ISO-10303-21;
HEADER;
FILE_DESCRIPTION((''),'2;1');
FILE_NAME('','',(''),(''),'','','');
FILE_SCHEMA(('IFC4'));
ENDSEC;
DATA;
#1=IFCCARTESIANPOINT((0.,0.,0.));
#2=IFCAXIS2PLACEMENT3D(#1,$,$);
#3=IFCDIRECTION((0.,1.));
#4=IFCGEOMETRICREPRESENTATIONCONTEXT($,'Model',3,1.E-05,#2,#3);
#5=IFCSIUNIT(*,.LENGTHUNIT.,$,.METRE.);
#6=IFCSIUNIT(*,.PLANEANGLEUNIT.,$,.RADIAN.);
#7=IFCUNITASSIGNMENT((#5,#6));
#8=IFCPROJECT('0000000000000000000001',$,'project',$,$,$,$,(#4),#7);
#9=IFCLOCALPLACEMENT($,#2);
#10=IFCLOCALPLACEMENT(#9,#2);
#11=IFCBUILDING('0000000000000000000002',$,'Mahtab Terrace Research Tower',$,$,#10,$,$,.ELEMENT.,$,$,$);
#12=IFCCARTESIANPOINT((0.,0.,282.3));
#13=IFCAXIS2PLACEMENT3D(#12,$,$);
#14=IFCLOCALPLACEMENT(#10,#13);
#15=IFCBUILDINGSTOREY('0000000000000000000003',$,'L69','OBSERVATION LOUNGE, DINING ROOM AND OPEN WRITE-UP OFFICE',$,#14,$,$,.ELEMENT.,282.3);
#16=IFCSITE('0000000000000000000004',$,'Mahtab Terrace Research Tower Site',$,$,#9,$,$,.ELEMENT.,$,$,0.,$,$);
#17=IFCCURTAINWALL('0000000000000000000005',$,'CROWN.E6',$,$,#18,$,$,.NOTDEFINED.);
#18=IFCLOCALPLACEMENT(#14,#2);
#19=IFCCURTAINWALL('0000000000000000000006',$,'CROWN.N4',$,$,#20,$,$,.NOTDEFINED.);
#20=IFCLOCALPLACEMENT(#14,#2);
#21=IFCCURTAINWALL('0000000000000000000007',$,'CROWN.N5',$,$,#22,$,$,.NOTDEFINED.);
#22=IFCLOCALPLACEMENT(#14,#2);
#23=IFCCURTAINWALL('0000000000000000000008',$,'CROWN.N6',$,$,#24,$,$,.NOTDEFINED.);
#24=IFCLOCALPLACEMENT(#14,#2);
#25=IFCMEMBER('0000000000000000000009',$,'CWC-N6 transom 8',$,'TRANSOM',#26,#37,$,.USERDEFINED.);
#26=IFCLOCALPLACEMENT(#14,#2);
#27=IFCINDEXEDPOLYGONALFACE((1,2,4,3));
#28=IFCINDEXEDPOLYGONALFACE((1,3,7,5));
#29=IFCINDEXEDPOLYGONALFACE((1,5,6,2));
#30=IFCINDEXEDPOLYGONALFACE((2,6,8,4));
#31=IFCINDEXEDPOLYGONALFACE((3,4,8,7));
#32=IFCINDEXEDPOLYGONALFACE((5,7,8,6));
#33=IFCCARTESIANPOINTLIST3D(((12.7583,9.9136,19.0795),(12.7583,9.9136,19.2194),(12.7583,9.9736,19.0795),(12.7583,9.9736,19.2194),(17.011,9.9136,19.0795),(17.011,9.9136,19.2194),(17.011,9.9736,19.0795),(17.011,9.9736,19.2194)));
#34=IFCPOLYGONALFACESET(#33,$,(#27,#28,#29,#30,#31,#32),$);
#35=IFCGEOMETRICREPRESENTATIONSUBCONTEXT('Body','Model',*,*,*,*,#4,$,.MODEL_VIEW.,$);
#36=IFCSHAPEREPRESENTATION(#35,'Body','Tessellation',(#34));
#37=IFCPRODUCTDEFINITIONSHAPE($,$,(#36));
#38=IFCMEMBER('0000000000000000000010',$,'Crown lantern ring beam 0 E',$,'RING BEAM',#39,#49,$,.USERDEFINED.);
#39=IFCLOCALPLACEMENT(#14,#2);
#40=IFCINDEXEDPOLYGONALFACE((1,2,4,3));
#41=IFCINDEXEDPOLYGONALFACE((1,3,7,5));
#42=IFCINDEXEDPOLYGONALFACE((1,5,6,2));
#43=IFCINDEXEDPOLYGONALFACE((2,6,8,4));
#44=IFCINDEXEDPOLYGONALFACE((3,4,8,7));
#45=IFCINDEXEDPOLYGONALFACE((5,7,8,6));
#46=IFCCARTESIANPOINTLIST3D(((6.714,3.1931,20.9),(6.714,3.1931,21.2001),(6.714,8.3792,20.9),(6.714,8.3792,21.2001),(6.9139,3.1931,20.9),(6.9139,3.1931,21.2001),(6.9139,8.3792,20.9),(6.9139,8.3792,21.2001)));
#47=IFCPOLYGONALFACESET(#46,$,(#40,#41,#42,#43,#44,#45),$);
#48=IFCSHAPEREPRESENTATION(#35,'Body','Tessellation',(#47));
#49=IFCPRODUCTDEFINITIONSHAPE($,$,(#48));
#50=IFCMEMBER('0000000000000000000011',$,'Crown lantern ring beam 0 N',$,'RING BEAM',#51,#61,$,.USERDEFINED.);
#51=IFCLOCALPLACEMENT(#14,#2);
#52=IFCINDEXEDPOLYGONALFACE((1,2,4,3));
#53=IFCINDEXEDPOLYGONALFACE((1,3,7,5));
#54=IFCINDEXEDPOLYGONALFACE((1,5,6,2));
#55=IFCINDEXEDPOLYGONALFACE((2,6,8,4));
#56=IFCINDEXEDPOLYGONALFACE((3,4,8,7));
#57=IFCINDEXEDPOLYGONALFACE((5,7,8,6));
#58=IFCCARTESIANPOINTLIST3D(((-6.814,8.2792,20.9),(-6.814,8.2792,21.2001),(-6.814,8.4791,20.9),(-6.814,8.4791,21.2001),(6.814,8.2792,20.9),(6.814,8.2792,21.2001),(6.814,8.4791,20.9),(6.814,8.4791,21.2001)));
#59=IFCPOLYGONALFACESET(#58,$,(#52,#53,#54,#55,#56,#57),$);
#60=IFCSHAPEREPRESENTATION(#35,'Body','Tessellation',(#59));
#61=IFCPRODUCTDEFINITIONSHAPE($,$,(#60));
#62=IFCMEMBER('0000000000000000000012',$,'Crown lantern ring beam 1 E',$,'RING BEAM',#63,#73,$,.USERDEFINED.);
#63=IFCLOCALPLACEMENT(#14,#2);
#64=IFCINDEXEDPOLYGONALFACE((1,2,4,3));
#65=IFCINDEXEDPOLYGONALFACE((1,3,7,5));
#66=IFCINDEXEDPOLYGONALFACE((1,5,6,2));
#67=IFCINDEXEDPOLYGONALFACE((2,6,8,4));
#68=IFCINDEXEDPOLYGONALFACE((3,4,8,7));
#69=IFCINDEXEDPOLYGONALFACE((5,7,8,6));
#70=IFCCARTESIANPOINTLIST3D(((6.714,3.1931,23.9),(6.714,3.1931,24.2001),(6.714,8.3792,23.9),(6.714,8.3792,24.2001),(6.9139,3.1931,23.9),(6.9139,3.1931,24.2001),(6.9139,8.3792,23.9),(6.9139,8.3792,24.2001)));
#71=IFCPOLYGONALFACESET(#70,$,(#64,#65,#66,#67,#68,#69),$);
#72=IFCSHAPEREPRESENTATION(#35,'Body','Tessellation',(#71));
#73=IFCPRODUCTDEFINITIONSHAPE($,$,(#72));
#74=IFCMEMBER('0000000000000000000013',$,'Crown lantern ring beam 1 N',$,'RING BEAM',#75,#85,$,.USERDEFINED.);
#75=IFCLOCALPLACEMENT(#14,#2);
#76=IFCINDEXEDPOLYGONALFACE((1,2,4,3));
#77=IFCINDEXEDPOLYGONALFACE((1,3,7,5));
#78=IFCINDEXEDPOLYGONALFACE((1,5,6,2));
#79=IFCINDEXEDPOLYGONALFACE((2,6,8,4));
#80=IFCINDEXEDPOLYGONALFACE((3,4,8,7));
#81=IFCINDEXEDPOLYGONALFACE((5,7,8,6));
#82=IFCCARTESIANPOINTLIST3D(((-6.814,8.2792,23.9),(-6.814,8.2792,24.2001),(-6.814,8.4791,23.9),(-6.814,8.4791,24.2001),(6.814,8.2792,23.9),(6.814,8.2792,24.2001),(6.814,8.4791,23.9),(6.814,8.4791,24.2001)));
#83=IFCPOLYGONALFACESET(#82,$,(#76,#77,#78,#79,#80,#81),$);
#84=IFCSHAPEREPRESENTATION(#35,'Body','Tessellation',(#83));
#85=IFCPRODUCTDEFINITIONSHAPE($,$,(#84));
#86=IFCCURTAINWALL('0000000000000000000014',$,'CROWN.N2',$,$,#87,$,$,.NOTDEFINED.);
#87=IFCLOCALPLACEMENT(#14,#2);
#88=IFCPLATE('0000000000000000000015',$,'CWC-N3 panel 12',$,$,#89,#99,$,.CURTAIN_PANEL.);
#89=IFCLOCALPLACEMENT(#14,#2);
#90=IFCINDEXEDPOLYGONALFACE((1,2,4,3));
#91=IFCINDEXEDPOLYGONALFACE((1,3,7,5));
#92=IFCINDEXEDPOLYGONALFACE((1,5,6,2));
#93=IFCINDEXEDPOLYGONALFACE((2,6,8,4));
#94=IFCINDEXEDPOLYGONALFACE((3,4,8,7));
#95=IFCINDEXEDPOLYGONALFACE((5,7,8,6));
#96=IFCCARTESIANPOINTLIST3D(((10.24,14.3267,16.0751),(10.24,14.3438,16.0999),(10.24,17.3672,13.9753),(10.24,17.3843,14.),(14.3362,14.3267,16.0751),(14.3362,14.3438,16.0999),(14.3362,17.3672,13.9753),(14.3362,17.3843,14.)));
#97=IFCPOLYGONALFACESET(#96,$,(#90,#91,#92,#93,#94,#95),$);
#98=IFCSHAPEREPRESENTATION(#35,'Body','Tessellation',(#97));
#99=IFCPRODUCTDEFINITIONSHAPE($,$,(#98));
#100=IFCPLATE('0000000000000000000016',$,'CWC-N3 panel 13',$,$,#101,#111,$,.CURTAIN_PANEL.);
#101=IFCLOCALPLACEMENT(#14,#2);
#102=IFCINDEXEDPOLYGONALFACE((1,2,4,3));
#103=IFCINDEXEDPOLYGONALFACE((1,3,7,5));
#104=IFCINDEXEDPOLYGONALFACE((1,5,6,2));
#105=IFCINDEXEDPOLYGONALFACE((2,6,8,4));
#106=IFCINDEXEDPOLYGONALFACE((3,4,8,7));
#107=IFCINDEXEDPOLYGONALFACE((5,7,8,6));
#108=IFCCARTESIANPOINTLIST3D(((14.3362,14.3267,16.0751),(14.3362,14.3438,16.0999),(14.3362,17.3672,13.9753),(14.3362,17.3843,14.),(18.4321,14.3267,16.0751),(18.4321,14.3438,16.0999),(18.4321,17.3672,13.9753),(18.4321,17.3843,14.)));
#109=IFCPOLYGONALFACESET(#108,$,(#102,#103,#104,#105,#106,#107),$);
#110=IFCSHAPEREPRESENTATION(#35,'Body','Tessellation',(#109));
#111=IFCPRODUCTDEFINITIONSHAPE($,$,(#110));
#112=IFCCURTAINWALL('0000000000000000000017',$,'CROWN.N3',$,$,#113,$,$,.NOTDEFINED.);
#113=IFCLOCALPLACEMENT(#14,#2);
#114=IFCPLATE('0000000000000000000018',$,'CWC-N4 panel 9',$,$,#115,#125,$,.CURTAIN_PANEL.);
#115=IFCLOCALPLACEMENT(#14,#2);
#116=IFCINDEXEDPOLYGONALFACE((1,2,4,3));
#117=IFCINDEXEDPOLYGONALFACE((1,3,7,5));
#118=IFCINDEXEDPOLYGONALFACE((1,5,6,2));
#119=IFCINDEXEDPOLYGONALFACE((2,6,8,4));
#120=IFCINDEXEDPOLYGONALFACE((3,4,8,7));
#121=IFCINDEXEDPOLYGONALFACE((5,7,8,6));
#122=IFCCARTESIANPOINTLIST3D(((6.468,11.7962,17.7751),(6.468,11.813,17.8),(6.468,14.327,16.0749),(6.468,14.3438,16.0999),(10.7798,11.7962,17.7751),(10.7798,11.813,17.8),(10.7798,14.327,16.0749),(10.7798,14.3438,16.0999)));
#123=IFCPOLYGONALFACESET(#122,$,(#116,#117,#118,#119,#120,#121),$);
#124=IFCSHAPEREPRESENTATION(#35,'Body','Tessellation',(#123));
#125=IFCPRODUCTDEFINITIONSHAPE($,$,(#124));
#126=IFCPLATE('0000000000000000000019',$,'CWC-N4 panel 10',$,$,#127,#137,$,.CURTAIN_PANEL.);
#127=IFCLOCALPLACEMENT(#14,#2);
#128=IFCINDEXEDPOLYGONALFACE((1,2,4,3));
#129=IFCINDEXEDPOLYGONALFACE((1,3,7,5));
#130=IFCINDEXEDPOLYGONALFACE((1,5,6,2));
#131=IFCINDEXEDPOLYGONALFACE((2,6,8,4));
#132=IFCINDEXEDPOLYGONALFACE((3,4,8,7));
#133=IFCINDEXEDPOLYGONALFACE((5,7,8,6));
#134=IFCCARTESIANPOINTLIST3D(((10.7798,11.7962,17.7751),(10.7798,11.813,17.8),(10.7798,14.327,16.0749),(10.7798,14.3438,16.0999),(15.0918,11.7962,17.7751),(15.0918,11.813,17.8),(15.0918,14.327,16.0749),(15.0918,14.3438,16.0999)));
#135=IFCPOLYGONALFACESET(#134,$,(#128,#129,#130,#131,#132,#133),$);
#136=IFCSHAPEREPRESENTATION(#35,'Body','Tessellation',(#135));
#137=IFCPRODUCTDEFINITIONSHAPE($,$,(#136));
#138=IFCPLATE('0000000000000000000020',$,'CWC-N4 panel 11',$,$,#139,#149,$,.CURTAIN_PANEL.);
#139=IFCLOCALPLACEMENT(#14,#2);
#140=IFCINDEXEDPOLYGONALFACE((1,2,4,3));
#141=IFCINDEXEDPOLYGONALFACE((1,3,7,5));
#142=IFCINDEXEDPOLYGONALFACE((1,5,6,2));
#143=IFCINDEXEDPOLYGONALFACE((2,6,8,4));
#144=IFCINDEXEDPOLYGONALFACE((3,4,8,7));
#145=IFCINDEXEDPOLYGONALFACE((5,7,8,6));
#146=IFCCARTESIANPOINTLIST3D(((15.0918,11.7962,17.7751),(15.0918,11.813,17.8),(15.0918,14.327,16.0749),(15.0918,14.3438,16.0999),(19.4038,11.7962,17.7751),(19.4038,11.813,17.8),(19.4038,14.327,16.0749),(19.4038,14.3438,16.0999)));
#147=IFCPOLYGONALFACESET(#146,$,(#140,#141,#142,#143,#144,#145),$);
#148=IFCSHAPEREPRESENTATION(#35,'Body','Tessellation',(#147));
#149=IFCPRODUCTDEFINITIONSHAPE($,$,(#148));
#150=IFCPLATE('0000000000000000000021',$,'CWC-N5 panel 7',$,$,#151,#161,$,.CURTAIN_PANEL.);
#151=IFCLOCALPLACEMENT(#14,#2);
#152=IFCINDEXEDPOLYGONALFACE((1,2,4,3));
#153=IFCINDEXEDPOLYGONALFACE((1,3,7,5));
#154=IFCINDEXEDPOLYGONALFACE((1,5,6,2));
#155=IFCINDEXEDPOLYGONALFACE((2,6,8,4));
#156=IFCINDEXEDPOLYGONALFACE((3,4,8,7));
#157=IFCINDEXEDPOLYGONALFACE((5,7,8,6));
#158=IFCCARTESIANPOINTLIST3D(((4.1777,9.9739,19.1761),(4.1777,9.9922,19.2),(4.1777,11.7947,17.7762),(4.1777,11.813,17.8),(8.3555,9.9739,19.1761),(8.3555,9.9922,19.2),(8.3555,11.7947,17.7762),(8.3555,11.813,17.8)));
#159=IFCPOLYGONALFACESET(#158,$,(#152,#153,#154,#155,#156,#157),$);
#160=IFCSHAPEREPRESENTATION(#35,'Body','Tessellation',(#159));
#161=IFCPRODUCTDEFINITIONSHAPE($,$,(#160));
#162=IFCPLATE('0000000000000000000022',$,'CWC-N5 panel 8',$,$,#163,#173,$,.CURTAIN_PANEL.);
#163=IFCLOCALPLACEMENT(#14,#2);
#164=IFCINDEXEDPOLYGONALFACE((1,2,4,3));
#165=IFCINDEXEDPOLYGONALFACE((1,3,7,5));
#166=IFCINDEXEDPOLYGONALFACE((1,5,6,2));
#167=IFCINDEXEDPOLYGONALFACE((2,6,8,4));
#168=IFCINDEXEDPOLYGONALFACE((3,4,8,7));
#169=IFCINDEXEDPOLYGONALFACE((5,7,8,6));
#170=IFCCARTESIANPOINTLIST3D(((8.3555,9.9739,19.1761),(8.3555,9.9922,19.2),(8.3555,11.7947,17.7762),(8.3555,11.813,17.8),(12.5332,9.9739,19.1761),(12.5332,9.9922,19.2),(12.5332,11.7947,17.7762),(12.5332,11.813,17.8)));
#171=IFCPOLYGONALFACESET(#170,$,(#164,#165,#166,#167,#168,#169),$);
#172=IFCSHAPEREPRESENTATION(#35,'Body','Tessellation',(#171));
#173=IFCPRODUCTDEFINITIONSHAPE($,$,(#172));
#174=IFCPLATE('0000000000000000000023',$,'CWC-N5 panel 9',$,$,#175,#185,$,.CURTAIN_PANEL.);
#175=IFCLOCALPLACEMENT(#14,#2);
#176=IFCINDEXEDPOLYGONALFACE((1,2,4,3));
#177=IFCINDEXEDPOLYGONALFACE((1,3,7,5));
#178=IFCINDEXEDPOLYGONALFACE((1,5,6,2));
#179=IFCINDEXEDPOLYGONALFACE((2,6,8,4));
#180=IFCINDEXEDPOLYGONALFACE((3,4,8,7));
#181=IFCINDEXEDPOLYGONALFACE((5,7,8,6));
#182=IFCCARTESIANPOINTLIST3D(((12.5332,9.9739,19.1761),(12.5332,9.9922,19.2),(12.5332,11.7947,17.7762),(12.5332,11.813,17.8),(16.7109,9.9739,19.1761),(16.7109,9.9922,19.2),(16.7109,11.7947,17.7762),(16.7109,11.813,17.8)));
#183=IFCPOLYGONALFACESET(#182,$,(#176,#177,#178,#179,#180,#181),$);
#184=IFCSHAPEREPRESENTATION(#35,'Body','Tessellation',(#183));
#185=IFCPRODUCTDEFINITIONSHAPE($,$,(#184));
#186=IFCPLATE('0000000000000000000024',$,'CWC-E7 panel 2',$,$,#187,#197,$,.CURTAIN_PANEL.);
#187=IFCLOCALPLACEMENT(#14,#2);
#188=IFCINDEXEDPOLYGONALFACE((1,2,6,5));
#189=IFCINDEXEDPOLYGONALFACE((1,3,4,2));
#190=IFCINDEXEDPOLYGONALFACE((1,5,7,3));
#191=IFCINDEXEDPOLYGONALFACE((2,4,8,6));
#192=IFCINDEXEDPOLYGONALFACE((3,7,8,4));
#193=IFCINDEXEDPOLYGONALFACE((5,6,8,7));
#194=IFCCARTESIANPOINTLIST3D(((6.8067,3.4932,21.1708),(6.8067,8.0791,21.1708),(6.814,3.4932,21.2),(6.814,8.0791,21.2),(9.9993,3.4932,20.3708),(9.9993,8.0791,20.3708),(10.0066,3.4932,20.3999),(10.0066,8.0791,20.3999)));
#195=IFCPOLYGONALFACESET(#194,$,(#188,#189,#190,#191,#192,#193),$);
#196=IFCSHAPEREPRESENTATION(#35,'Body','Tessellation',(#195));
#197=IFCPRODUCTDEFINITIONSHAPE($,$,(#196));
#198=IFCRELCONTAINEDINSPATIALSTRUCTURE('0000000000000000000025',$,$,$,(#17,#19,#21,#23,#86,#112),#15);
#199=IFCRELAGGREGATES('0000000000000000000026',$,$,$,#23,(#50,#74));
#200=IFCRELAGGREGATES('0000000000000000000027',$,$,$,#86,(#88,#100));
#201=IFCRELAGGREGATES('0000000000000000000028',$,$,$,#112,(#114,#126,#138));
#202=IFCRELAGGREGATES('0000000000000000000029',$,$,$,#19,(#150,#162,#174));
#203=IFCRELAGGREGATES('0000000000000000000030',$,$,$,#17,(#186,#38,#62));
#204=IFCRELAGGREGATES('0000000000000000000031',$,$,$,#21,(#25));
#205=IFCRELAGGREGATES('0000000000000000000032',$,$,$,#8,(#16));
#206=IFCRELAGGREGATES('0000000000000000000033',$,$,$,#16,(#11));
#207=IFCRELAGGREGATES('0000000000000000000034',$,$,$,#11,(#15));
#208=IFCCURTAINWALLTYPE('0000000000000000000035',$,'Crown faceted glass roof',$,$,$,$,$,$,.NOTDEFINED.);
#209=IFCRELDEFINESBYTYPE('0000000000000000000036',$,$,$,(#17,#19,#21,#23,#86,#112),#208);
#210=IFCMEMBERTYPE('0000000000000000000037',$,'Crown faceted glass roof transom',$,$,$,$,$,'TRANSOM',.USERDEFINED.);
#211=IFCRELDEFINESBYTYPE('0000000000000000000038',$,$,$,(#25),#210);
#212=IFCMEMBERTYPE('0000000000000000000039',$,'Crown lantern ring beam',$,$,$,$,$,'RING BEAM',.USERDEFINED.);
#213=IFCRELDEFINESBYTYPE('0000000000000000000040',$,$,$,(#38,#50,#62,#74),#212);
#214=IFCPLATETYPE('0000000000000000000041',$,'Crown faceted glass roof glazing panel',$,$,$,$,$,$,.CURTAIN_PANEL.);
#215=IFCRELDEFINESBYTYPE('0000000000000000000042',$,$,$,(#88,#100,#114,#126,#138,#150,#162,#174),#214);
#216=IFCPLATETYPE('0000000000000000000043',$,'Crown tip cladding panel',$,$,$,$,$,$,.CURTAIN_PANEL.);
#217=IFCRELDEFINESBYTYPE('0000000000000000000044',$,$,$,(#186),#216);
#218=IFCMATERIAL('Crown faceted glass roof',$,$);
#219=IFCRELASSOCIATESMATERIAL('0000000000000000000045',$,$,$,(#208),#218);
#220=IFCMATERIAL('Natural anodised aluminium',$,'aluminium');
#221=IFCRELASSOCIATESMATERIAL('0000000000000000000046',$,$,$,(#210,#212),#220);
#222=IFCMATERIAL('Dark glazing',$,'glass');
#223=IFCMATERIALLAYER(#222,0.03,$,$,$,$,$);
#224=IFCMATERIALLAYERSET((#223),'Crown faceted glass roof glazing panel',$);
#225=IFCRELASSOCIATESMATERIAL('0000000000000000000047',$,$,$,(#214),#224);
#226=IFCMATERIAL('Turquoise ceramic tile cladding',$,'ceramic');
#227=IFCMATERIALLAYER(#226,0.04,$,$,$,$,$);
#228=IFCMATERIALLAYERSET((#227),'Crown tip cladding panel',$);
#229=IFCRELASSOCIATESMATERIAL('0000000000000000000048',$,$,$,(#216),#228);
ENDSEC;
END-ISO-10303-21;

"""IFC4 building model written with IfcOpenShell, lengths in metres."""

from ifc_helpers import new_model, si_unit, direction, frame, origin, origin_2d, place, context, subcontext, project, spatial, polyline, rectangle, outline, extrude, material, layer, layer_set, material_profile, profile_set, type_object, element, aggregate, save


model = new_model("IFC4")

# Units and contexts
model_context = context("Model", 3, precision=1e-05, world=origin(), true_north=direction((0.0, 1.0)))
body_context = subcontext(model_context, "Body", "Model", "MODEL_VIEW")
ifc_project = project(units=[si_unit("LENGTHUNIT", "METRE"), si_unit("PLANEANGLEUNIT", "RADIAN")], contexts=[model_context])

# Site, building, storey
site_placement = place(None, origin())
site = spatial("IfcSite", under=ifc_project, at=site_placement, Name="Mahtab Terrace Research Tower Site", CompositionType="ELEMENT", RefElevation=0.0)
building_placement = place(site_placement, origin())
building = spatial("IfcBuilding", under=site, at=building_placement, Name="Mahtab Terrace Research Tower", CompositionType="ELEMENT")
storey_placement = place(building_placement, frame((0.0, 0.0, 282.3)))
storey = spatial("IfcBuildingStorey", under=building, at=storey_placement, Name="L69", Description="OBSERVATION LOUNGE, DINING ROOM AND OPEN WRITE-UP OFFICE", CompositionType="ELEMENT", Elevation=282.3)

# Shared definitions
ifc_material_1 = material(Name="Crown faceted glass roof")
curtain_wall_type = type_object("IfcCurtainWallType", Name="Crown faceted glass roof", PredefinedType="NOTDEFINED", material=ifc_material_1)
ifc_material_2 = material(Name="Natural anodised aluminium", Category="aluminium")

# Curtain walls
curtain_wall_1_placement = place(storey_placement, origin())
curtain_wall_1 = element("IfcCurtainWall", 1, at=curtain_wall_1_placement, inside=storey, type_object=curtain_wall_type, Name="CROWN.E6", PredefinedType="NOTDEFINED")
curtain_wall_2_placement = place(storey_placement, origin())
curtain_wall_2 = element("IfcCurtainWall", 2, at=curtain_wall_2_placement, inside=storey, type_object=curtain_wall_type, Name="CROWN.N4", PredefinedType="NOTDEFINED")
curtain_wall_3_placement = place(storey_placement, origin())
curtain_wall_3 = element("IfcCurtainWall", 3, at=curtain_wall_3_placement, inside=storey, type_object=curtain_wall_type, Name="CROWN.N5", PredefinedType="NOTDEFINED")

# Curtain wall
curtain_wall_4_placement = place(storey_placement, origin())
curtain_wall_4 = element("IfcCurtainWall", 4, at=curtain_wall_4_placement, inside=storey, type_object=curtain_wall_type, Name="CROWN.N6", PredefinedType="NOTDEFINED")

# Members
ifc_material_profile_1 = material_profile(ifc_material_2, rectangle(XDim=0.0601, YDim=0.1399, at=origin_2d()), Name="TRANSOM 60x140")
ifc_profile_set_1 = profile_set([ifc_material_profile_1], Name="Natural anodised aluminium")
member_type_1 = type_object("IfcMemberType", Name="Crown faceted glass roof transom", ElementType="TRANSOM", PredefinedType="USERDEFINED", material=ifc_profile_set_1)
member_1_placement = place(storey_placement, frame((12.7583, 9.9436, 19.1494), z_axis=(1.0, 0.0, 0.0), x_axis=(0.0, 1.0, 0.0)))
member_1 = element("IfcMember", 5, at=member_1_placement, type_object=member_type_1, Name="CWC-N6 transom 8", ObjectType="TRANSOM", PredefinedType="USERDEFINED", context=body_context, shape_type="SweptSolid", body=[
    extrude(rectangle(XDim=0.0601, YDim=0.1399, at=origin_2d()), origin(), (0.0, 0.0, 1.0), 4.2527),
])
ifc_material_profile_2 = material_profile(ifc_material_2, rectangle(XDim=0.2, YDim=0.3, at=origin_2d()), Name="RING BEAM 200x300")
ifc_profile_set_2 = profile_set([ifc_material_profile_2], Name="Natural anodised aluminium")
member_type_2 = type_object("IfcMemberType", Name="Crown lantern ring beam", ElementType="RING BEAM", PredefinedType="USERDEFINED", material=ifc_profile_set_2)
member_2_placement = place(storey_placement, frame((6.814, 3.1931, 21.05), z_axis=(0.0, 1.0, 0.0), x_axis=(-1.0, 0.0, 0.0)))
member_2 = element("IfcMember", 6, at=member_2_placement, type_object=member_type_2, Name="Crown lantern ring beam 0 E", ObjectType="RING BEAM", PredefinedType="USERDEFINED", context=body_context, shape_type="SweptSolid", body=[
    extrude(rectangle(XDim=0.2, YDim=0.3, at=origin_2d()), origin(), (0.0, 0.0, 1.0), 5.186),
])
member_3_placement = place(storey_placement, frame((6.814, 8.3792, 21.05), z_axis=(-1.0, 0.0, 0.0), x_axis=(0.0, -1.0, 0.0)))
member_3 = element("IfcMember", 7, at=member_3_placement, type_object=member_type_2, Name="Crown lantern ring beam 0 N", ObjectType="RING BEAM", PredefinedType="USERDEFINED", context=body_context, shape_type="SweptSolid", body=[
    extrude(rectangle(XDim=0.2, YDim=0.3, at=origin_2d()), origin(), (0.0, 0.0, 1.0), 13.6279),
])
member_4_placement = place(storey_placement, frame((6.814, 3.1931, 24.05), z_axis=(0.0, 1.0, 0.0), x_axis=(-1.0, 0.0, 0.0)))
member_4 = element("IfcMember", 8, at=member_4_placement, type_object=member_type_2, Name="Crown lantern ring beam 1 E", ObjectType="RING BEAM", PredefinedType="USERDEFINED", context=body_context, shape_type="SweptSolid", body=[
    extrude(rectangle(XDim=0.2, YDim=0.3, at=origin_2d()), origin(), (0.0, 0.0, 1.0), 5.186),
])
member_5_placement = place(storey_placement, frame((6.814, 8.3792, 24.05), z_axis=(-1.0, 0.0, 0.0), x_axis=(0.0, -1.0, 0.0)))
member_5 = element("IfcMember", 9, at=member_5_placement, type_object=member_type_2, Name="Crown lantern ring beam 1 N", ObjectType="RING BEAM", PredefinedType="USERDEFINED", context=body_context, shape_type="SweptSolid", body=[
    extrude(rectangle(XDim=0.2, YDim=0.3, at=origin_2d()), origin(), (0.0, 0.0, 1.0), 13.6279),
])
aggregate(curtain_wall_4, [member_3, member_5])

# Curtain walls, plates
curtain_wall_5_placement = place(storey_placement, origin())
curtain_wall_5 = element("IfcCurtainWall", 10, at=curtain_wall_5_placement, inside=storey, type_object=curtain_wall_type, Name="CROWN.N2", PredefinedType="NOTDEFINED")
ifc_material_3 = material(Name="Dark glazing", Category="glass")
ifc_layer_1 = layer(ifc_material_3, 0.03)
ifc_layer_set_1 = layer_set([ifc_layer_1], Name="Crown faceted glass roof glazing panel")
plate_type_1 = type_object("IfcPlateType", Name="Crown faceted glass roof glazing panel", PredefinedType="CURTAIN_PANEL", material=ifc_layer_set_1)
plate_1_placement = place(storey_placement, frame((14.3362, 14.3438, 16.0999), z_axis=(0.0, 0.568272, 0.822841), x_axis=(0.0, 0.822841, -0.568272)))
plate_1 = element("IfcPlate", 11, at=plate_1_placement, type_object=plate_type_1, Name="CWC-N3 panel 12", PredefinedType="CURTAIN_PANEL", context=body_context, shape_type="SweptSolid", body=[
    extrude(outline(polyline([(0.0, 0.0), (3.6952, 0.0), (3.6952, 4.0962), (0.0, 4.0962), (0.0, 0.0)])), origin(), (0.0, 0.0, -1.0), 0.03),
])
plate_2_placement = place(storey_placement, frame((18.4321, 14.3438, 16.0999), z_axis=(0.0, 0.568272, 0.822841), x_axis=(0.0, 0.822841, -0.568272)))
plate_2 = element("IfcPlate", 12, at=plate_2_placement, type_object=plate_type_1, Name="CWC-N3 panel 13", PredefinedType="CURTAIN_PANEL", context=body_context, shape_type="SweptSolid", body=[
    extrude(outline(polyline([(0.0, 0.0), (3.6952, 0.0), (3.6952, 4.0959), (0.0, 4.0959), (0.0, 0.0)])), origin(), (0.0, 0.0, -1.0), 0.03),
])
aggregate(curtain_wall_5, [plate_1, plate_2])
curtain_wall_6_placement = place(storey_placement, origin())
curtain_wall_6 = element("IfcCurtainWall", 13, at=curtain_wall_6_placement, inside=storey, type_object=curtain_wall_type, Name="CROWN.N3", PredefinedType="NOTDEFINED")
plate_3_placement = place(storey_placement, frame((10.7798, 11.813, 17.8), z_axis=(0.0, 0.557653, 0.830074), x_axis=(0.0, 0.830074, -0.557653)))
plate_3 = element("IfcPlate", 14, at=plate_3_placement, type_object=plate_type_1, Name="CWC-N4 panel 9", PredefinedType="CURTAIN_PANEL", context=body_context, shape_type="SweptSolid", body=[
    extrude(outline(polyline([(0.0, 0.0), (3.0488, 0.0), (3.0488, 4.3118), (0.0, 4.3118), (0.0, 0.0)])), origin(), (0.0, 0.0, -1.0), 0.03),
])
plate_4_placement = place(storey_placement, frame((15.0918, 11.813, 17.8), z_axis=(0.0, 0.557653, 0.830074), x_axis=(0.0, 0.830074, -0.557653)))
plate_4 = element("IfcPlate", 15, at=plate_4_placement, type_object=plate_type_1, Name="CWC-N4 panel 10", PredefinedType="CURTAIN_PANEL", context=body_context, shape_type="SweptSolid", body=[
    extrude(outline(polyline([(0.0, 0.0), (3.0488, 0.0), (3.0488, 4.312), (0.0, 4.312), (0.0, 0.0)])), origin(), (0.0, 0.0, -1.0), 0.03),
])
plate_5_placement = place(storey_placement, frame((19.4038, 11.813, 17.8), z_axis=(0.0, 0.557653, 0.830074), x_axis=(0.0, 0.830074, -0.557653)))
plate_5 = element("IfcPlate", 16, at=plate_5_placement, type_object=plate_type_1, Name="CWC-N4 panel 11", PredefinedType="CURTAIN_PANEL", context=body_context, shape_type="SweptSolid", body=[
    extrude(outline(polyline([(0.0, 0.0), (3.0488, 0.0), (3.0488, 4.312), (0.0, 4.312), (0.0, 0.0)])), origin(), (0.0, 0.0, -1.0), 0.03),
])
aggregate(curtain_wall_6, [plate_3, plate_4, plate_5])

# Plates
plate_6_placement = place(storey_placement, frame((8.3555, 9.9922, 19.2), z_axis=(0.0, 0.609516, 0.792774), x_axis=(0.0, 0.792774, -0.609516)))
plate_6 = element("IfcPlate", 17, at=plate_6_placement, type_object=plate_type_1, Name="CWC-N5 panel 7", PredefinedType="CURTAIN_PANEL", context=body_context, shape_type="SweptSolid", body=[
    extrude(outline(polyline([(0.0, 0.0), (2.2967, 0.0), (2.2967, 4.1777), (0.0, 4.1777), (0.0, 0.0)])), origin(), (0.0, 0.0, -1.0), 0.03),
])
plate_7_placement = place(storey_placement, frame((12.5332, 9.9922, 19.2), z_axis=(0.0, 0.609516, 0.792774), x_axis=(0.0, 0.792774, -0.609516)))
plate_7 = element("IfcPlate", 18, at=plate_7_placement, type_object=plate_type_1, Name="CWC-N5 panel 8", PredefinedType="CURTAIN_PANEL", context=body_context, shape_type="SweptSolid", body=[
    extrude(outline(polyline([(0.0, 0.0), (2.2967, 0.0), (2.2967, 4.1777), (0.0, 4.1777), (0.0, 0.0)])), origin(), (0.0, 0.0, -1.0), 0.03),
])
plate_8_placement = place(storey_placement, frame((16.7109, 9.9922, 19.2), z_axis=(0.0, 0.609516, 0.792774), x_axis=(0.0, 0.792774, -0.609516)))
plate_8 = element("IfcPlate", 19, at=plate_8_placement, type_object=plate_type_1, Name="CWC-N5 panel 9", PredefinedType="CURTAIN_PANEL", context=body_context, shape_type="SweptSolid", body=[
    extrude(outline(polyline([(0.0, 0.0), (2.2967, 0.0), (2.2967, 4.1777), (0.0, 4.1777), (0.0, 0.0)])), origin(), (0.0, 0.0, -1.0), 0.03),
])
aggregate(curtain_wall_2, [plate_6, plate_7, plate_8])
ifc_material_4 = material(Name="Turquoise ceramic tile cladding", Category="ceramic")
ifc_layer_2 = layer(ifc_material_4, 0.04)
ifc_layer_set_2 = layer_set([ifc_layer_2], Name="Crown tip cladding panel")
plate_type_2 = type_object("IfcPlateType", Name="Crown tip cladding panel", PredefinedType="CURTAIN_PANEL", material=ifc_layer_set_2)
plate_9_placement = place(storey_placement, frame((10.0066, 3.4932, 20.3999), z_axis=(0.243077, 0.0, 0.970007), x_axis=(0.0, 1.0, 0.0)))
plate_9 = element("IfcPlate", 20, at=plate_9_placement, type_object=plate_type_2, Name="CWC-E7 panel 2", PredefinedType="CURTAIN_PANEL", context=body_context, shape_type="SweptSolid", body=[
    extrude(outline(polyline([(0.0, 0.0), (4.5859, 0.0), (4.5859, 3.2913), (0.0, 3.2913), (0.0, 0.0)])), origin(), (0.0, 0.0, -1.0), 0.03),
])
aggregate(curtain_wall_1, [plate_9, member_2, member_4])
aggregate(curtain_wall_3, [member_1])

save(model, "model.ifc")
